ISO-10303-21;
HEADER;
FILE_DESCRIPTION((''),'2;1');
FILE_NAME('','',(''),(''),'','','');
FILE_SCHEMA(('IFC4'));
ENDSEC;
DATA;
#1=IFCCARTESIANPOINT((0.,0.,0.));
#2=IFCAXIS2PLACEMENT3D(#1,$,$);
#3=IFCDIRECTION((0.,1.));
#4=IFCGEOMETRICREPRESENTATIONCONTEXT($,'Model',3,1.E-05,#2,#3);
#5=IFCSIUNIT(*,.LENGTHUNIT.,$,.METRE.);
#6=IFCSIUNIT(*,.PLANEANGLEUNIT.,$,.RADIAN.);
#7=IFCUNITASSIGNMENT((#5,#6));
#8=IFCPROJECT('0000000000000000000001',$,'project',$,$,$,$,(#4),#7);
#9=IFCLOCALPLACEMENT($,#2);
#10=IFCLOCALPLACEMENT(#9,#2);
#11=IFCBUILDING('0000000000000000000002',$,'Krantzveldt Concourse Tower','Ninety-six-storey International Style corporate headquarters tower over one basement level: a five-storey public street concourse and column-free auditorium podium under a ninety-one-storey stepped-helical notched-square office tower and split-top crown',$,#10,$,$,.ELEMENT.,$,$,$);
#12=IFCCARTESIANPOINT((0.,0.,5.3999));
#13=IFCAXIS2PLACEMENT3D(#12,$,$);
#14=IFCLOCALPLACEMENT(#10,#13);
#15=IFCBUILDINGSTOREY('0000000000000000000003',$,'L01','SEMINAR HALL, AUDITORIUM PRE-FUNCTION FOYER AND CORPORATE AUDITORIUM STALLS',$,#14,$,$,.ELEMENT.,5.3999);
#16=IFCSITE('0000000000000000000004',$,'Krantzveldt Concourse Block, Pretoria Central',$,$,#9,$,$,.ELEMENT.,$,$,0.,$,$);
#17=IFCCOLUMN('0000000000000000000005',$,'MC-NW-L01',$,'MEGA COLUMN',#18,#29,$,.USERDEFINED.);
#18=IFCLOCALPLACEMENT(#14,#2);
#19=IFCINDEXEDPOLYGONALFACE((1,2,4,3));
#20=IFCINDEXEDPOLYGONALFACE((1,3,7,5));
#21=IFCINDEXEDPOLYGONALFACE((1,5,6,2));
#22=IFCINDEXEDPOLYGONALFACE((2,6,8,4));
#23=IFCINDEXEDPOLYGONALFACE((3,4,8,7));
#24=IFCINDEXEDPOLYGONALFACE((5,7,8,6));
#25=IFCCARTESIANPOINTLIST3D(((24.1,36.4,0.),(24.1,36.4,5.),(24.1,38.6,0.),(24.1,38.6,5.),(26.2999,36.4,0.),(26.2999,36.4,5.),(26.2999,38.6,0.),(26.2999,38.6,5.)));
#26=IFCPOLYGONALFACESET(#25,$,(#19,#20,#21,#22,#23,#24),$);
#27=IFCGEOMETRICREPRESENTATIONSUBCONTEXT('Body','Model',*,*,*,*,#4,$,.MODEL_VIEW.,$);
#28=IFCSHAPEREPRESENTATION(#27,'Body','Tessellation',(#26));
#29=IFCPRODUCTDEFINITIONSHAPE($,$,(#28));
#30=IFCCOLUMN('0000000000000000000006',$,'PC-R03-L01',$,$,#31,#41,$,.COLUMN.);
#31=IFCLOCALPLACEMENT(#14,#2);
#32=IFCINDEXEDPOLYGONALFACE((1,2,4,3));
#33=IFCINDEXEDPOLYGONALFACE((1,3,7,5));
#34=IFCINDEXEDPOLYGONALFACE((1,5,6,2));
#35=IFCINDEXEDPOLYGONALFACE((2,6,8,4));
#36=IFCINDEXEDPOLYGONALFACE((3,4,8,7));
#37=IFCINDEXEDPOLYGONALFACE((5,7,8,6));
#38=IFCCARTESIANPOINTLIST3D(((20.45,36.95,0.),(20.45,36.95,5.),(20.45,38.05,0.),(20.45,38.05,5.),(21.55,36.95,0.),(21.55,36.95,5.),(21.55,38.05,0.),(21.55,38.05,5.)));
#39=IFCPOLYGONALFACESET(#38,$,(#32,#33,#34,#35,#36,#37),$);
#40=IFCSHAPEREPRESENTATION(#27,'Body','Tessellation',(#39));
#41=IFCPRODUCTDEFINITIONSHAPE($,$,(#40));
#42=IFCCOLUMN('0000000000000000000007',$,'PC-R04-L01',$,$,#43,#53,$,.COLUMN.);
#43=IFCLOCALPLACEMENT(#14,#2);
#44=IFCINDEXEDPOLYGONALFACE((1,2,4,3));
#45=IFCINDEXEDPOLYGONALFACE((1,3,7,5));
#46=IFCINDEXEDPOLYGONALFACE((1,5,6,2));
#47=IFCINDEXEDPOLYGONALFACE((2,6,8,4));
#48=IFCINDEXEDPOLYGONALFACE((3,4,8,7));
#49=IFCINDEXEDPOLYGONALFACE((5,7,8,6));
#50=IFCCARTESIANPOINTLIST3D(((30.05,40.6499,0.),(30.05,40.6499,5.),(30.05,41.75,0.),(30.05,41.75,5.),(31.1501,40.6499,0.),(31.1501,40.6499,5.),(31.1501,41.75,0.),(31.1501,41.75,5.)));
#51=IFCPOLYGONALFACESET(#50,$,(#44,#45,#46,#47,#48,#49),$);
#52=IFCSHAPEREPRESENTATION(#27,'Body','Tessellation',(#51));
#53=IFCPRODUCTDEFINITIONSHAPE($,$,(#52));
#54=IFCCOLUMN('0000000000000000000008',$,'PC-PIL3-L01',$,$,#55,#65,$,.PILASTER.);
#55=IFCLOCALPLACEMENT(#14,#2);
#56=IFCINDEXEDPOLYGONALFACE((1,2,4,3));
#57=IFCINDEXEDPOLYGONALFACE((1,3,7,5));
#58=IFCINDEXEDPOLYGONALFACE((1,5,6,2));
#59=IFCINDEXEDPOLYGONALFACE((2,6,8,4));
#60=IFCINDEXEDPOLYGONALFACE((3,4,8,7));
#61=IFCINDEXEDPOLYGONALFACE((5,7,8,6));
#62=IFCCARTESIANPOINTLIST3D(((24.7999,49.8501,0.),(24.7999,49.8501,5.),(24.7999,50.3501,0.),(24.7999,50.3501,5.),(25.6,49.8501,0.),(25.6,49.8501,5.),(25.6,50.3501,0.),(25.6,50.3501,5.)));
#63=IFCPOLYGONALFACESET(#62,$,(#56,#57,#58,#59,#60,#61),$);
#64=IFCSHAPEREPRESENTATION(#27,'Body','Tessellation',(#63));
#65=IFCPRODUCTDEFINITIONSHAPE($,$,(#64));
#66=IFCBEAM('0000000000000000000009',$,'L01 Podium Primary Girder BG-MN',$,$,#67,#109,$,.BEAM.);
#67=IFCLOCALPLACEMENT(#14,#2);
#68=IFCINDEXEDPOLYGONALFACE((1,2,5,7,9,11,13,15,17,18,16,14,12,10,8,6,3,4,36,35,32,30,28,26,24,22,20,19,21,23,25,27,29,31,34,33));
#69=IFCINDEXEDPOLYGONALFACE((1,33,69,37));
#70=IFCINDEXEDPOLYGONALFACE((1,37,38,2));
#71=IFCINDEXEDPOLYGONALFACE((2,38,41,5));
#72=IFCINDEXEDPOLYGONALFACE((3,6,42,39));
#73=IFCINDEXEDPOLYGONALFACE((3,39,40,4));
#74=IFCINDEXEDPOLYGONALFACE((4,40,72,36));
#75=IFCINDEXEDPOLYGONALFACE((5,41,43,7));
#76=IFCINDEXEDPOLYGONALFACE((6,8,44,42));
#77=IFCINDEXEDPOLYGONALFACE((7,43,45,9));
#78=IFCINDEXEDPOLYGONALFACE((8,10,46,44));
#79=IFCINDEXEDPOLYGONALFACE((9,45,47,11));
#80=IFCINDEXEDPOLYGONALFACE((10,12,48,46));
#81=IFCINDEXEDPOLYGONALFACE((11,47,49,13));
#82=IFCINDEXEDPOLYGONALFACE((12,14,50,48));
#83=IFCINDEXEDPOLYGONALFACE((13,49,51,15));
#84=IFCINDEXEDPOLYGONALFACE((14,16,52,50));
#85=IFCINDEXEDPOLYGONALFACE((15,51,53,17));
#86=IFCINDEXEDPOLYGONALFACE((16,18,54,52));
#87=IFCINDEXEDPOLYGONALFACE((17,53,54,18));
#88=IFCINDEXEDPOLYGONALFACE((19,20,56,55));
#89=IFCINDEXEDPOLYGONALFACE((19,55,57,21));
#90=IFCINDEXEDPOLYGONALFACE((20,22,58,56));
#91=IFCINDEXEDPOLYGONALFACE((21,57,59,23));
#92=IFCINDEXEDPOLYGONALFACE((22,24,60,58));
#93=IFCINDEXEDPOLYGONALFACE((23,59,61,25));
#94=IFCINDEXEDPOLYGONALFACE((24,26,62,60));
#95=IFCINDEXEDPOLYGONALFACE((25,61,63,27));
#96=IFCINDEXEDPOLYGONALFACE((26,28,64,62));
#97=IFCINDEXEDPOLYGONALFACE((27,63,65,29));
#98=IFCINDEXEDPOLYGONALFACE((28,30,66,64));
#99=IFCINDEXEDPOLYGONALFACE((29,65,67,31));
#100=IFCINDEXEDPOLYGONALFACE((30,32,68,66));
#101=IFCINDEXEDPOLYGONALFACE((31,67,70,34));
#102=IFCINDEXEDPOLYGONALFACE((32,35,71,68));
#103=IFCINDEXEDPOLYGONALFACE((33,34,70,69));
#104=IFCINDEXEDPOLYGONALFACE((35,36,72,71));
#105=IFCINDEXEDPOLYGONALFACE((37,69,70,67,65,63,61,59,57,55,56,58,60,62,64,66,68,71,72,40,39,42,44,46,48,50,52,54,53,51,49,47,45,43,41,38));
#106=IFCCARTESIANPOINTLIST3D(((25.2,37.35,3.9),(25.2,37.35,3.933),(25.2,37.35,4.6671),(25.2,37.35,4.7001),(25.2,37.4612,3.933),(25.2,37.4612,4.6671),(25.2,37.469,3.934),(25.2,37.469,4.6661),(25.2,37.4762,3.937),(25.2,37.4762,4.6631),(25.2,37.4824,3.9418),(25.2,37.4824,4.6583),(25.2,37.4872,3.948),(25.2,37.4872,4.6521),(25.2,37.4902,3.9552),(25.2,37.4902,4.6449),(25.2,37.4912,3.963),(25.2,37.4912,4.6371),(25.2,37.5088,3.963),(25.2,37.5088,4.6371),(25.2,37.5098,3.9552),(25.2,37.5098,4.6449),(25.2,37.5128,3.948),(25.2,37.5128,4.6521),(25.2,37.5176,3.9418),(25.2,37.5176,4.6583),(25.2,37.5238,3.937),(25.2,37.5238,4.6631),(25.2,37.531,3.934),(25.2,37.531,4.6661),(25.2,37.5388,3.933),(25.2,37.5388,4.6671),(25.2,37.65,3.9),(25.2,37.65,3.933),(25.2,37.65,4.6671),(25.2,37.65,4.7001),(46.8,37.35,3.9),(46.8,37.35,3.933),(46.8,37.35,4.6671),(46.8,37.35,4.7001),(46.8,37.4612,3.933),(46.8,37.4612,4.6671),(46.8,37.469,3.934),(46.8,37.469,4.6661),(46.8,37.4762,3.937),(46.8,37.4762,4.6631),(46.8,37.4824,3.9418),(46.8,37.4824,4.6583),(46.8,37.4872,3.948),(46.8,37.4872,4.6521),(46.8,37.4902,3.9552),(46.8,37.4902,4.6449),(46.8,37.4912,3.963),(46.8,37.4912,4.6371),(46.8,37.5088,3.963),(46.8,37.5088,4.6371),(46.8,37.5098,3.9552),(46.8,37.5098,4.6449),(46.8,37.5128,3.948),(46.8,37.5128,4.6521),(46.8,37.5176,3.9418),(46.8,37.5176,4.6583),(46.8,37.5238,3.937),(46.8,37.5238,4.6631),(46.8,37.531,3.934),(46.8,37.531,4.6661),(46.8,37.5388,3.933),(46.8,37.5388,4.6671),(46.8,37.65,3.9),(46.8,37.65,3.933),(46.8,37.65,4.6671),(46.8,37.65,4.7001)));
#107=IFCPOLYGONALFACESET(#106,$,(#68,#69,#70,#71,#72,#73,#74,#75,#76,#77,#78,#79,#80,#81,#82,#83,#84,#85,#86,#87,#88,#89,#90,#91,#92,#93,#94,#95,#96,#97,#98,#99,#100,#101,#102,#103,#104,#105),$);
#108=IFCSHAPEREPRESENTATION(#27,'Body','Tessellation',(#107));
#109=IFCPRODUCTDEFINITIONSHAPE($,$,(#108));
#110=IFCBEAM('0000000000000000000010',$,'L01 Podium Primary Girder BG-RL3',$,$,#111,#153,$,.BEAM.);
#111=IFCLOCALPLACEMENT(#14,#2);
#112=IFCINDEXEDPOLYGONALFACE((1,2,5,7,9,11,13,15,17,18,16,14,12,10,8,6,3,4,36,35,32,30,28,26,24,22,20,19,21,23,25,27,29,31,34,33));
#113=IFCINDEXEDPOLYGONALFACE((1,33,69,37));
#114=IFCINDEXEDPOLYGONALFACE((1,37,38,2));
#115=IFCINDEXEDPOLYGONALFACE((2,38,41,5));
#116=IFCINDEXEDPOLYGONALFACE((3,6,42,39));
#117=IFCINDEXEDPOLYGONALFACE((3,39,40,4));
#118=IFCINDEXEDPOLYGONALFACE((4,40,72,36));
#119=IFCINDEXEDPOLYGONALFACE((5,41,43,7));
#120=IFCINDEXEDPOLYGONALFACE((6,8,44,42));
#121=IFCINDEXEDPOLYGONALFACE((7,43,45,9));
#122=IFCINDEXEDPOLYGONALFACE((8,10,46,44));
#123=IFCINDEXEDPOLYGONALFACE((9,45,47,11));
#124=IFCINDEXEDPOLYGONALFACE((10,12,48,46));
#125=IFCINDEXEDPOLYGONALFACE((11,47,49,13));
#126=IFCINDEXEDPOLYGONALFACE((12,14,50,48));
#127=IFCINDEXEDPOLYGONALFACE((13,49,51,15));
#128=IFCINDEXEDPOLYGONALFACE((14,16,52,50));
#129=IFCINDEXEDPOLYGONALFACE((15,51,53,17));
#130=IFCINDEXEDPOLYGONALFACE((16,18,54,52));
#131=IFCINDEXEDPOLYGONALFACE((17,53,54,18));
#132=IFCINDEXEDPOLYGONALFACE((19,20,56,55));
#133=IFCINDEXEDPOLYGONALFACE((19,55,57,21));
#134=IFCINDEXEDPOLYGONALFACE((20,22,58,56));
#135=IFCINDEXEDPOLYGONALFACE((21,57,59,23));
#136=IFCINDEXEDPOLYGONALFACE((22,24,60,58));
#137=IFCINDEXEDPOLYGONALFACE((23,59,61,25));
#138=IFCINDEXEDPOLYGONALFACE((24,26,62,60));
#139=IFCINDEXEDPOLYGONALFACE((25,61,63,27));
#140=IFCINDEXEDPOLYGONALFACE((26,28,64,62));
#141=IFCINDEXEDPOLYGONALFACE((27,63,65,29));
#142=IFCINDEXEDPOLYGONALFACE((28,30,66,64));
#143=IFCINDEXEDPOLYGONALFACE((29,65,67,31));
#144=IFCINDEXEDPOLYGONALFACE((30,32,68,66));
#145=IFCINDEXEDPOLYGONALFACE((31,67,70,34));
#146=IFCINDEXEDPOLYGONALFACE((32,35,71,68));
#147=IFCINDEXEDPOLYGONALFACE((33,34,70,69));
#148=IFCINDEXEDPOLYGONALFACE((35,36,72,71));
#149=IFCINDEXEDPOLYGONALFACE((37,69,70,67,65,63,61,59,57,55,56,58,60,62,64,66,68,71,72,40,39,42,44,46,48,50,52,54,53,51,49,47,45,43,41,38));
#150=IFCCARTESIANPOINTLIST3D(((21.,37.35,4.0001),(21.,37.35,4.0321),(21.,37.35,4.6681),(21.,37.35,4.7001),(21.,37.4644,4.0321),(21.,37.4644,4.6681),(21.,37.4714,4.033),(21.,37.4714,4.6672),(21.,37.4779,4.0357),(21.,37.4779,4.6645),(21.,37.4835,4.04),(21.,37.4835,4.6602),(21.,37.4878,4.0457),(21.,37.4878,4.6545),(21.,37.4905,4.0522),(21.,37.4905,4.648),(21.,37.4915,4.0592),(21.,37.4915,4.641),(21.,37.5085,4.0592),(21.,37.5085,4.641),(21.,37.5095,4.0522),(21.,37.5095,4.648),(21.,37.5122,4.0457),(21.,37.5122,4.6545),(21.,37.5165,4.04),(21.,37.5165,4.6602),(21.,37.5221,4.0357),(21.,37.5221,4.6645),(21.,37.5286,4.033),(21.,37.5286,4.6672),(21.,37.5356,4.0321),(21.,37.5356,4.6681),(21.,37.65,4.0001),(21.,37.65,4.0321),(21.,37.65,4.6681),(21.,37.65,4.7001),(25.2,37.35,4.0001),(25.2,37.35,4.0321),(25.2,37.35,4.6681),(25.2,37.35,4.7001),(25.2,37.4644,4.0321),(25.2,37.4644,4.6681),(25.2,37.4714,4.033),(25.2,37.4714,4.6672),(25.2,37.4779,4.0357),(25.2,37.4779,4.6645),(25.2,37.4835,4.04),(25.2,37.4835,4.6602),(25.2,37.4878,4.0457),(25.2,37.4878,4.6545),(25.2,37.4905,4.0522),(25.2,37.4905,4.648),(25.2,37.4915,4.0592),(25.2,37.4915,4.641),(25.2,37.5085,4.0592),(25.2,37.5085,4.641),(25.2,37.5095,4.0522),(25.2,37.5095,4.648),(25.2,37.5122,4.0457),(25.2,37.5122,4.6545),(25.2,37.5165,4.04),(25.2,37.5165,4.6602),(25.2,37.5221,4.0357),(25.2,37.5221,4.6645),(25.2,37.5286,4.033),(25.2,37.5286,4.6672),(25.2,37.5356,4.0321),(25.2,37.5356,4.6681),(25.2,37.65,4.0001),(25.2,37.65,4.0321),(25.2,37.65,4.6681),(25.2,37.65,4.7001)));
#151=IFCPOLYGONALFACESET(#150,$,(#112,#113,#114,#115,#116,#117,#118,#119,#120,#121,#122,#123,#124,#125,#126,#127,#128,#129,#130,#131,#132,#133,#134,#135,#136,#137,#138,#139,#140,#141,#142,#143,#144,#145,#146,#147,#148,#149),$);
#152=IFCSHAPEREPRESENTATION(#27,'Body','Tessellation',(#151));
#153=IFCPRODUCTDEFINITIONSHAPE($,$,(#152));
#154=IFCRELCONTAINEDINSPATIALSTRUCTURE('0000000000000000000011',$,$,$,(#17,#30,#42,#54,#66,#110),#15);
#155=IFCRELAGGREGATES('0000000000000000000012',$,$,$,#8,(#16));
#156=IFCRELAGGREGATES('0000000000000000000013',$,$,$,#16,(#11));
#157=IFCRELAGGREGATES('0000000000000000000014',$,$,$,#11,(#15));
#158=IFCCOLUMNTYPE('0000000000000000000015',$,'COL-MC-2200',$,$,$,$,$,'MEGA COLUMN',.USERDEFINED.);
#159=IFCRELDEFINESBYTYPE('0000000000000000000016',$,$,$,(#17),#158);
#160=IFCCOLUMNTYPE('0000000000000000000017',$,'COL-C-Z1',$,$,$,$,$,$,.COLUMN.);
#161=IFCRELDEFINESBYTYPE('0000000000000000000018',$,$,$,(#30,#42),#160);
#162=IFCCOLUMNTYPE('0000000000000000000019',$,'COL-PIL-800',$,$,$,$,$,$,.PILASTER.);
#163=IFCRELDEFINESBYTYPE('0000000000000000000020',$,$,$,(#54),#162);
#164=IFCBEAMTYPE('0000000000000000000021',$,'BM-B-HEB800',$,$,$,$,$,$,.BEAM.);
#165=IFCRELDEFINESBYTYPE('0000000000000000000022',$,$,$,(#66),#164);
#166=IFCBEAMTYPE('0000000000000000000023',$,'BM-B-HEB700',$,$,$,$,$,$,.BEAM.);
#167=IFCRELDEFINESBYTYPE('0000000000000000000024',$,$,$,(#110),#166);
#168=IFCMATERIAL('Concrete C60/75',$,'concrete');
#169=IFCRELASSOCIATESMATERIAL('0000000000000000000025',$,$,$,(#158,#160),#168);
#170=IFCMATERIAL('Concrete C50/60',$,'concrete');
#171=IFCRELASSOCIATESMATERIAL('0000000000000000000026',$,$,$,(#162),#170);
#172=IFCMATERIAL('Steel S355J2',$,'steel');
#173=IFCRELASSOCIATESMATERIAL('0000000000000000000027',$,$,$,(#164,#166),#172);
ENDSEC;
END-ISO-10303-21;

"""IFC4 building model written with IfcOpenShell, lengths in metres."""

from ifc_helpers import new_model, si_unit, direction, frame, origin, origin_2d, place, context, subcontext, project, spatial, rectangle, i_section, extrude, source, transform, mapped, material, material_profile, profile_set, type_object, type_shapes, element, save


model = new_model("IFC4")

# Units and contexts
model_context = context("Model", 3, precision=1e-05, world=origin(), true_north=direction((0.0, 1.0)))
body_context = subcontext(model_context, "Body", "Model", "MODEL_VIEW")
ifc_project = project(units=[si_unit("LENGTHUNIT", "METRE"), si_unit("PLANEANGLEUNIT", "RADIAN")], contexts=[model_context])

# Site, building, storey
site_placement = place(None, origin())
site = spatial("IfcSite", under=ifc_project, at=site_placement, Name="Krantzveldt Concourse Block, Pretoria Central", CompositionType="ELEMENT", RefElevation=0.0)
building_placement = place(site_placement, origin())
building = spatial("IfcBuilding", under=site, at=building_placement, Name="Krantzveldt Concourse Tower", Description="Ninety-six-storey International Style corporate headquarters tower over one basement level: a five-storey public street concourse and column-free auditorium podium under a ninety-one-storey stepped-helical notched-square office tower and split-top crown", CompositionType="ELEMENT")
storey_placement = place(building_placement, frame((0.0, 0.0, 5.3999)))
storey = spatial("IfcBuildingStorey", under=building, at=storey_placement, Name="L01", Description="SEMINAR HALL, AUDITORIUM PRE-FUNCTION FOYER AND CORPORATE AUDITORIUM STALLS", CompositionType="ELEMENT", Elevation=5.3999)

# Columns
ifc_material_1 = material(Name="Concrete C60/75", Category="concrete")
ifc_material_profile_1 = material_profile(ifc_material_1, rectangle(XDim=2.2, YDim=2.2, at=origin_2d()), Name="Concrete C60/75", Category="concrete")
ifc_profile_set_1 = profile_set([ifc_material_profile_1], Name="Concrete C60/75 - RC 2200x2200")
column_type_1 = type_object("IfcColumnType", Name="COL-MC-2200", ElementType="MEGA COLUMN", PredefinedType="USERDEFINED", material=ifc_profile_set_1)
shared_shape_1 = source(origin(), body_context, "Body", "SweptSolid", [
    extrude(rectangle(XDim=2.2, YDim=2.2, at=origin_2d()), origin(), (0.0, 0.0, 1.0), 5.0),
])
type_shapes(column_type_1, [shared_shape_1])
column_1_placement = place(storey_placement, frame((25.2, 37.5, 0.0), z_axis=(0.0, 0.0, 1.0), x_axis=(1.0, 0.0, 0.0)))
element("IfcColumn", 1, at=column_1_placement, inside=storey, type_object=column_type_1, Name="MC-NW-L01", ObjectType="MEGA COLUMN", PredefinedType="USERDEFINED", context=body_context, shape_type="MappedRepresentation", body=[
    mapped(shared_shape_1, transform((0.0, 0.0, 0.0), x_axis=(1.0, 0.0, 0.0), y_axis=(0.0, 1.0, 0.0), z_axis=(0.0, 0.0, 1.0), scale=1.0)),
])
ifc_material_profile_2 = material_profile(ifc_material_1, rectangle(XDim=1.1001, YDim=1.1001, at=origin_2d()), Name="Concrete C60/75", Category="concrete")
ifc_profile_set_2 = profile_set([ifc_material_profile_2], Name="Concrete C60/75 - RC 1100x1100")
column_type_2 = type_object("IfcColumnType", Name="COL-C-Z1", PredefinedType="COLUMN", material=ifc_profile_set_2)
shared_shape_2 = source(origin(), body_context, "Body", "SweptSolid", [
    extrude(rectangle(XDim=1.1001, YDim=1.1001, at=origin_2d()), origin(), (0.0, 0.0, 1.0), 5.0),
])
type_shapes(column_type_2, [shared_shape_2])
for number, where, z_axis, x_axis, name in (
    (2, (21.0, 37.5, 0.0), (0.0, 0.0, 1.0), (1.0, 0.0, 0.0), "PC-R03-L01"),
    (3, (30.6001, 41.2, 0.0), (0.0, 0.0, 1.0), (1.0, 0.0, 0.0), "PC-R04-L01"),
):
    element("IfcColumn", number, at=place(storey_placement, frame(where, z_axis=z_axis, x_axis=x_axis)), inside=storey, type_object=column_type_2, Name=name, PredefinedType="COLUMN", context=body_context, shape_type="MappedRepresentation", body=[
        mapped(shared_shape_2, transform((0.0, 0.0, 0.0), x_axis=(1.0, 0.0, 0.0), y_axis=(0.0, 1.0, 0.0), z_axis=(0.0, 0.0, 1.0), scale=1.0)),
    ])
ifc_material_2 = material(Name="Concrete C50/60", Category="concrete")
ifc_material_profile_3 = material_profile(ifc_material_2, rectangle(XDim=0.8, YDim=0.5, at=origin_2d()), Name="Concrete C50/60", Category="concrete")
ifc_profile_set_3 = profile_set([ifc_material_profile_3], Name="Concrete C50/60 - RC-PIL 800x500")
column_type_3 = type_object("IfcColumnType", Name="COL-PIL-800", PredefinedType="PILASTER", material=ifc_profile_set_3)
shared_shape_3 = source(origin(), body_context, "Body", "SweptSolid", [
    extrude(rectangle(XDim=0.8, YDim=0.5, at=origin_2d()), origin(), (0.0, 0.0, 1.0), 5.0),
])
type_shapes(column_type_3, [shared_shape_3])
column_2_placement = place(storey_placement, frame((25.2, 50.1001, 0.0), z_axis=(0.0, 0.0, 1.0), x_axis=(1.0, 0.0, 0.0)))
element("IfcColumn", 4, at=column_2_placement, inside=storey, type_object=column_type_3, Name="PC-PIL3-L01", PredefinedType="PILASTER", context=body_context, shape_type="MappedRepresentation", body=[
    mapped(shared_shape_3, transform((0.0, 0.0, 0.0), x_axis=(1.0, 0.0, 0.0), y_axis=(0.0, 1.0, 0.0), z_axis=(0.0, 0.0, 1.0), scale=1.0)),
])

# Beams
ifc_material_3 = material(Name="Steel S355J2", Category="steel")
ifc_material_profile_4 = material_profile(ifc_material_3, i_section(OverallWidth=0.3, OverallDepth=0.8, WebThickness=0.0176, FlangeThickness=0.033, FilletRadius=0.03, at=origin_2d()), Name="Steel S355J2", Category="steel")
ifc_profile_set_4 = profile_set([ifc_material_profile_4], Name="Steel S355J2 - HEB 800")
beam_type_1 = type_object("IfcBeamType", Name="BM-B-HEB800", PredefinedType="BEAM", material=ifc_profile_set_4)
shared_shape_4 = source(origin(), body_context, "Body", "SweptSolid", [
    extrude(i_section(OverallWidth=0.3, OverallDepth=0.8, WebThickness=0.0176, FlangeThickness=0.033, FilletRadius=0.03, at=origin_2d()), origin(), (0.0, 0.0, 1.0), 21.6001),
])
type_shapes(beam_type_1, [shared_shape_4])
beam_1_placement = place(storey_placement, frame((25.2, 37.5, 4.3), z_axis=(1.0, 0.0, 0.0), x_axis=(0.0, 1.0, 0.0)))
element("IfcBeam", 5, at=beam_1_placement, inside=storey, type_object=beam_type_1, Name="L01 Podium Primary Girder BG-MN", PredefinedType="BEAM", context=body_context, shape_type="MappedRepresentation", body=[
    mapped(shared_shape_4, transform((0.0, 0.0, 0.0), x_axis=(1.0, 0.0, 0.0), y_axis=(0.0, 1.0, 0.0), z_axis=(0.0, 0.0, 1.0), scale=1.0)),
])
ifc_material_profile_5 = material_profile(ifc_material_3, i_section(OverallWidth=0.3, OverallDepth=0.7, WebThickness=0.0171, FlangeThickness=0.032, FilletRadius=0.0271, at=origin_2d()), Name="Steel S355J2", Category="steel")
ifc_profile_set_5 = profile_set([ifc_material_profile_5], Name="Steel S355J2 - HEB 700")
beam_type_2 = type_object("IfcBeamType", Name="BM-B-HEB700", PredefinedType="BEAM", material=ifc_profile_set_5)
shared_shape_5 = source(origin(), body_context, "Body", "SweptSolid", [
    extrude(i_section(OverallWidth=0.3, OverallDepth=0.7, WebThickness=0.0171, FlangeThickness=0.032, FilletRadius=0.0271, at=origin_2d()), origin(), (0.0, 0.0, 1.0), 4.2),
])
type_shapes(beam_type_2, [shared_shape_5])
beam_2_placement = place(storey_placement, frame((21.0, 37.5, 4.3501), z_axis=(1.0, 0.0, 0.0), x_axis=(0.0, 1.0, 0.0)))
element("IfcBeam", 6, at=beam_2_placement, inside=storey, type_object=beam_type_2, Name="L01 Podium Primary Girder BG-RL3", PredefinedType="BEAM", context=body_context, shape_type="MappedRepresentation", body=[
    mapped(shared_shape_5, transform((0.0, 0.0, 0.0), x_axis=(1.0, 0.0, 0.0), y_axis=(0.0, 1.0, 0.0), z_axis=(0.0, 0.0, 1.0), scale=1.0)),
])

save(model, "model.ifc")
